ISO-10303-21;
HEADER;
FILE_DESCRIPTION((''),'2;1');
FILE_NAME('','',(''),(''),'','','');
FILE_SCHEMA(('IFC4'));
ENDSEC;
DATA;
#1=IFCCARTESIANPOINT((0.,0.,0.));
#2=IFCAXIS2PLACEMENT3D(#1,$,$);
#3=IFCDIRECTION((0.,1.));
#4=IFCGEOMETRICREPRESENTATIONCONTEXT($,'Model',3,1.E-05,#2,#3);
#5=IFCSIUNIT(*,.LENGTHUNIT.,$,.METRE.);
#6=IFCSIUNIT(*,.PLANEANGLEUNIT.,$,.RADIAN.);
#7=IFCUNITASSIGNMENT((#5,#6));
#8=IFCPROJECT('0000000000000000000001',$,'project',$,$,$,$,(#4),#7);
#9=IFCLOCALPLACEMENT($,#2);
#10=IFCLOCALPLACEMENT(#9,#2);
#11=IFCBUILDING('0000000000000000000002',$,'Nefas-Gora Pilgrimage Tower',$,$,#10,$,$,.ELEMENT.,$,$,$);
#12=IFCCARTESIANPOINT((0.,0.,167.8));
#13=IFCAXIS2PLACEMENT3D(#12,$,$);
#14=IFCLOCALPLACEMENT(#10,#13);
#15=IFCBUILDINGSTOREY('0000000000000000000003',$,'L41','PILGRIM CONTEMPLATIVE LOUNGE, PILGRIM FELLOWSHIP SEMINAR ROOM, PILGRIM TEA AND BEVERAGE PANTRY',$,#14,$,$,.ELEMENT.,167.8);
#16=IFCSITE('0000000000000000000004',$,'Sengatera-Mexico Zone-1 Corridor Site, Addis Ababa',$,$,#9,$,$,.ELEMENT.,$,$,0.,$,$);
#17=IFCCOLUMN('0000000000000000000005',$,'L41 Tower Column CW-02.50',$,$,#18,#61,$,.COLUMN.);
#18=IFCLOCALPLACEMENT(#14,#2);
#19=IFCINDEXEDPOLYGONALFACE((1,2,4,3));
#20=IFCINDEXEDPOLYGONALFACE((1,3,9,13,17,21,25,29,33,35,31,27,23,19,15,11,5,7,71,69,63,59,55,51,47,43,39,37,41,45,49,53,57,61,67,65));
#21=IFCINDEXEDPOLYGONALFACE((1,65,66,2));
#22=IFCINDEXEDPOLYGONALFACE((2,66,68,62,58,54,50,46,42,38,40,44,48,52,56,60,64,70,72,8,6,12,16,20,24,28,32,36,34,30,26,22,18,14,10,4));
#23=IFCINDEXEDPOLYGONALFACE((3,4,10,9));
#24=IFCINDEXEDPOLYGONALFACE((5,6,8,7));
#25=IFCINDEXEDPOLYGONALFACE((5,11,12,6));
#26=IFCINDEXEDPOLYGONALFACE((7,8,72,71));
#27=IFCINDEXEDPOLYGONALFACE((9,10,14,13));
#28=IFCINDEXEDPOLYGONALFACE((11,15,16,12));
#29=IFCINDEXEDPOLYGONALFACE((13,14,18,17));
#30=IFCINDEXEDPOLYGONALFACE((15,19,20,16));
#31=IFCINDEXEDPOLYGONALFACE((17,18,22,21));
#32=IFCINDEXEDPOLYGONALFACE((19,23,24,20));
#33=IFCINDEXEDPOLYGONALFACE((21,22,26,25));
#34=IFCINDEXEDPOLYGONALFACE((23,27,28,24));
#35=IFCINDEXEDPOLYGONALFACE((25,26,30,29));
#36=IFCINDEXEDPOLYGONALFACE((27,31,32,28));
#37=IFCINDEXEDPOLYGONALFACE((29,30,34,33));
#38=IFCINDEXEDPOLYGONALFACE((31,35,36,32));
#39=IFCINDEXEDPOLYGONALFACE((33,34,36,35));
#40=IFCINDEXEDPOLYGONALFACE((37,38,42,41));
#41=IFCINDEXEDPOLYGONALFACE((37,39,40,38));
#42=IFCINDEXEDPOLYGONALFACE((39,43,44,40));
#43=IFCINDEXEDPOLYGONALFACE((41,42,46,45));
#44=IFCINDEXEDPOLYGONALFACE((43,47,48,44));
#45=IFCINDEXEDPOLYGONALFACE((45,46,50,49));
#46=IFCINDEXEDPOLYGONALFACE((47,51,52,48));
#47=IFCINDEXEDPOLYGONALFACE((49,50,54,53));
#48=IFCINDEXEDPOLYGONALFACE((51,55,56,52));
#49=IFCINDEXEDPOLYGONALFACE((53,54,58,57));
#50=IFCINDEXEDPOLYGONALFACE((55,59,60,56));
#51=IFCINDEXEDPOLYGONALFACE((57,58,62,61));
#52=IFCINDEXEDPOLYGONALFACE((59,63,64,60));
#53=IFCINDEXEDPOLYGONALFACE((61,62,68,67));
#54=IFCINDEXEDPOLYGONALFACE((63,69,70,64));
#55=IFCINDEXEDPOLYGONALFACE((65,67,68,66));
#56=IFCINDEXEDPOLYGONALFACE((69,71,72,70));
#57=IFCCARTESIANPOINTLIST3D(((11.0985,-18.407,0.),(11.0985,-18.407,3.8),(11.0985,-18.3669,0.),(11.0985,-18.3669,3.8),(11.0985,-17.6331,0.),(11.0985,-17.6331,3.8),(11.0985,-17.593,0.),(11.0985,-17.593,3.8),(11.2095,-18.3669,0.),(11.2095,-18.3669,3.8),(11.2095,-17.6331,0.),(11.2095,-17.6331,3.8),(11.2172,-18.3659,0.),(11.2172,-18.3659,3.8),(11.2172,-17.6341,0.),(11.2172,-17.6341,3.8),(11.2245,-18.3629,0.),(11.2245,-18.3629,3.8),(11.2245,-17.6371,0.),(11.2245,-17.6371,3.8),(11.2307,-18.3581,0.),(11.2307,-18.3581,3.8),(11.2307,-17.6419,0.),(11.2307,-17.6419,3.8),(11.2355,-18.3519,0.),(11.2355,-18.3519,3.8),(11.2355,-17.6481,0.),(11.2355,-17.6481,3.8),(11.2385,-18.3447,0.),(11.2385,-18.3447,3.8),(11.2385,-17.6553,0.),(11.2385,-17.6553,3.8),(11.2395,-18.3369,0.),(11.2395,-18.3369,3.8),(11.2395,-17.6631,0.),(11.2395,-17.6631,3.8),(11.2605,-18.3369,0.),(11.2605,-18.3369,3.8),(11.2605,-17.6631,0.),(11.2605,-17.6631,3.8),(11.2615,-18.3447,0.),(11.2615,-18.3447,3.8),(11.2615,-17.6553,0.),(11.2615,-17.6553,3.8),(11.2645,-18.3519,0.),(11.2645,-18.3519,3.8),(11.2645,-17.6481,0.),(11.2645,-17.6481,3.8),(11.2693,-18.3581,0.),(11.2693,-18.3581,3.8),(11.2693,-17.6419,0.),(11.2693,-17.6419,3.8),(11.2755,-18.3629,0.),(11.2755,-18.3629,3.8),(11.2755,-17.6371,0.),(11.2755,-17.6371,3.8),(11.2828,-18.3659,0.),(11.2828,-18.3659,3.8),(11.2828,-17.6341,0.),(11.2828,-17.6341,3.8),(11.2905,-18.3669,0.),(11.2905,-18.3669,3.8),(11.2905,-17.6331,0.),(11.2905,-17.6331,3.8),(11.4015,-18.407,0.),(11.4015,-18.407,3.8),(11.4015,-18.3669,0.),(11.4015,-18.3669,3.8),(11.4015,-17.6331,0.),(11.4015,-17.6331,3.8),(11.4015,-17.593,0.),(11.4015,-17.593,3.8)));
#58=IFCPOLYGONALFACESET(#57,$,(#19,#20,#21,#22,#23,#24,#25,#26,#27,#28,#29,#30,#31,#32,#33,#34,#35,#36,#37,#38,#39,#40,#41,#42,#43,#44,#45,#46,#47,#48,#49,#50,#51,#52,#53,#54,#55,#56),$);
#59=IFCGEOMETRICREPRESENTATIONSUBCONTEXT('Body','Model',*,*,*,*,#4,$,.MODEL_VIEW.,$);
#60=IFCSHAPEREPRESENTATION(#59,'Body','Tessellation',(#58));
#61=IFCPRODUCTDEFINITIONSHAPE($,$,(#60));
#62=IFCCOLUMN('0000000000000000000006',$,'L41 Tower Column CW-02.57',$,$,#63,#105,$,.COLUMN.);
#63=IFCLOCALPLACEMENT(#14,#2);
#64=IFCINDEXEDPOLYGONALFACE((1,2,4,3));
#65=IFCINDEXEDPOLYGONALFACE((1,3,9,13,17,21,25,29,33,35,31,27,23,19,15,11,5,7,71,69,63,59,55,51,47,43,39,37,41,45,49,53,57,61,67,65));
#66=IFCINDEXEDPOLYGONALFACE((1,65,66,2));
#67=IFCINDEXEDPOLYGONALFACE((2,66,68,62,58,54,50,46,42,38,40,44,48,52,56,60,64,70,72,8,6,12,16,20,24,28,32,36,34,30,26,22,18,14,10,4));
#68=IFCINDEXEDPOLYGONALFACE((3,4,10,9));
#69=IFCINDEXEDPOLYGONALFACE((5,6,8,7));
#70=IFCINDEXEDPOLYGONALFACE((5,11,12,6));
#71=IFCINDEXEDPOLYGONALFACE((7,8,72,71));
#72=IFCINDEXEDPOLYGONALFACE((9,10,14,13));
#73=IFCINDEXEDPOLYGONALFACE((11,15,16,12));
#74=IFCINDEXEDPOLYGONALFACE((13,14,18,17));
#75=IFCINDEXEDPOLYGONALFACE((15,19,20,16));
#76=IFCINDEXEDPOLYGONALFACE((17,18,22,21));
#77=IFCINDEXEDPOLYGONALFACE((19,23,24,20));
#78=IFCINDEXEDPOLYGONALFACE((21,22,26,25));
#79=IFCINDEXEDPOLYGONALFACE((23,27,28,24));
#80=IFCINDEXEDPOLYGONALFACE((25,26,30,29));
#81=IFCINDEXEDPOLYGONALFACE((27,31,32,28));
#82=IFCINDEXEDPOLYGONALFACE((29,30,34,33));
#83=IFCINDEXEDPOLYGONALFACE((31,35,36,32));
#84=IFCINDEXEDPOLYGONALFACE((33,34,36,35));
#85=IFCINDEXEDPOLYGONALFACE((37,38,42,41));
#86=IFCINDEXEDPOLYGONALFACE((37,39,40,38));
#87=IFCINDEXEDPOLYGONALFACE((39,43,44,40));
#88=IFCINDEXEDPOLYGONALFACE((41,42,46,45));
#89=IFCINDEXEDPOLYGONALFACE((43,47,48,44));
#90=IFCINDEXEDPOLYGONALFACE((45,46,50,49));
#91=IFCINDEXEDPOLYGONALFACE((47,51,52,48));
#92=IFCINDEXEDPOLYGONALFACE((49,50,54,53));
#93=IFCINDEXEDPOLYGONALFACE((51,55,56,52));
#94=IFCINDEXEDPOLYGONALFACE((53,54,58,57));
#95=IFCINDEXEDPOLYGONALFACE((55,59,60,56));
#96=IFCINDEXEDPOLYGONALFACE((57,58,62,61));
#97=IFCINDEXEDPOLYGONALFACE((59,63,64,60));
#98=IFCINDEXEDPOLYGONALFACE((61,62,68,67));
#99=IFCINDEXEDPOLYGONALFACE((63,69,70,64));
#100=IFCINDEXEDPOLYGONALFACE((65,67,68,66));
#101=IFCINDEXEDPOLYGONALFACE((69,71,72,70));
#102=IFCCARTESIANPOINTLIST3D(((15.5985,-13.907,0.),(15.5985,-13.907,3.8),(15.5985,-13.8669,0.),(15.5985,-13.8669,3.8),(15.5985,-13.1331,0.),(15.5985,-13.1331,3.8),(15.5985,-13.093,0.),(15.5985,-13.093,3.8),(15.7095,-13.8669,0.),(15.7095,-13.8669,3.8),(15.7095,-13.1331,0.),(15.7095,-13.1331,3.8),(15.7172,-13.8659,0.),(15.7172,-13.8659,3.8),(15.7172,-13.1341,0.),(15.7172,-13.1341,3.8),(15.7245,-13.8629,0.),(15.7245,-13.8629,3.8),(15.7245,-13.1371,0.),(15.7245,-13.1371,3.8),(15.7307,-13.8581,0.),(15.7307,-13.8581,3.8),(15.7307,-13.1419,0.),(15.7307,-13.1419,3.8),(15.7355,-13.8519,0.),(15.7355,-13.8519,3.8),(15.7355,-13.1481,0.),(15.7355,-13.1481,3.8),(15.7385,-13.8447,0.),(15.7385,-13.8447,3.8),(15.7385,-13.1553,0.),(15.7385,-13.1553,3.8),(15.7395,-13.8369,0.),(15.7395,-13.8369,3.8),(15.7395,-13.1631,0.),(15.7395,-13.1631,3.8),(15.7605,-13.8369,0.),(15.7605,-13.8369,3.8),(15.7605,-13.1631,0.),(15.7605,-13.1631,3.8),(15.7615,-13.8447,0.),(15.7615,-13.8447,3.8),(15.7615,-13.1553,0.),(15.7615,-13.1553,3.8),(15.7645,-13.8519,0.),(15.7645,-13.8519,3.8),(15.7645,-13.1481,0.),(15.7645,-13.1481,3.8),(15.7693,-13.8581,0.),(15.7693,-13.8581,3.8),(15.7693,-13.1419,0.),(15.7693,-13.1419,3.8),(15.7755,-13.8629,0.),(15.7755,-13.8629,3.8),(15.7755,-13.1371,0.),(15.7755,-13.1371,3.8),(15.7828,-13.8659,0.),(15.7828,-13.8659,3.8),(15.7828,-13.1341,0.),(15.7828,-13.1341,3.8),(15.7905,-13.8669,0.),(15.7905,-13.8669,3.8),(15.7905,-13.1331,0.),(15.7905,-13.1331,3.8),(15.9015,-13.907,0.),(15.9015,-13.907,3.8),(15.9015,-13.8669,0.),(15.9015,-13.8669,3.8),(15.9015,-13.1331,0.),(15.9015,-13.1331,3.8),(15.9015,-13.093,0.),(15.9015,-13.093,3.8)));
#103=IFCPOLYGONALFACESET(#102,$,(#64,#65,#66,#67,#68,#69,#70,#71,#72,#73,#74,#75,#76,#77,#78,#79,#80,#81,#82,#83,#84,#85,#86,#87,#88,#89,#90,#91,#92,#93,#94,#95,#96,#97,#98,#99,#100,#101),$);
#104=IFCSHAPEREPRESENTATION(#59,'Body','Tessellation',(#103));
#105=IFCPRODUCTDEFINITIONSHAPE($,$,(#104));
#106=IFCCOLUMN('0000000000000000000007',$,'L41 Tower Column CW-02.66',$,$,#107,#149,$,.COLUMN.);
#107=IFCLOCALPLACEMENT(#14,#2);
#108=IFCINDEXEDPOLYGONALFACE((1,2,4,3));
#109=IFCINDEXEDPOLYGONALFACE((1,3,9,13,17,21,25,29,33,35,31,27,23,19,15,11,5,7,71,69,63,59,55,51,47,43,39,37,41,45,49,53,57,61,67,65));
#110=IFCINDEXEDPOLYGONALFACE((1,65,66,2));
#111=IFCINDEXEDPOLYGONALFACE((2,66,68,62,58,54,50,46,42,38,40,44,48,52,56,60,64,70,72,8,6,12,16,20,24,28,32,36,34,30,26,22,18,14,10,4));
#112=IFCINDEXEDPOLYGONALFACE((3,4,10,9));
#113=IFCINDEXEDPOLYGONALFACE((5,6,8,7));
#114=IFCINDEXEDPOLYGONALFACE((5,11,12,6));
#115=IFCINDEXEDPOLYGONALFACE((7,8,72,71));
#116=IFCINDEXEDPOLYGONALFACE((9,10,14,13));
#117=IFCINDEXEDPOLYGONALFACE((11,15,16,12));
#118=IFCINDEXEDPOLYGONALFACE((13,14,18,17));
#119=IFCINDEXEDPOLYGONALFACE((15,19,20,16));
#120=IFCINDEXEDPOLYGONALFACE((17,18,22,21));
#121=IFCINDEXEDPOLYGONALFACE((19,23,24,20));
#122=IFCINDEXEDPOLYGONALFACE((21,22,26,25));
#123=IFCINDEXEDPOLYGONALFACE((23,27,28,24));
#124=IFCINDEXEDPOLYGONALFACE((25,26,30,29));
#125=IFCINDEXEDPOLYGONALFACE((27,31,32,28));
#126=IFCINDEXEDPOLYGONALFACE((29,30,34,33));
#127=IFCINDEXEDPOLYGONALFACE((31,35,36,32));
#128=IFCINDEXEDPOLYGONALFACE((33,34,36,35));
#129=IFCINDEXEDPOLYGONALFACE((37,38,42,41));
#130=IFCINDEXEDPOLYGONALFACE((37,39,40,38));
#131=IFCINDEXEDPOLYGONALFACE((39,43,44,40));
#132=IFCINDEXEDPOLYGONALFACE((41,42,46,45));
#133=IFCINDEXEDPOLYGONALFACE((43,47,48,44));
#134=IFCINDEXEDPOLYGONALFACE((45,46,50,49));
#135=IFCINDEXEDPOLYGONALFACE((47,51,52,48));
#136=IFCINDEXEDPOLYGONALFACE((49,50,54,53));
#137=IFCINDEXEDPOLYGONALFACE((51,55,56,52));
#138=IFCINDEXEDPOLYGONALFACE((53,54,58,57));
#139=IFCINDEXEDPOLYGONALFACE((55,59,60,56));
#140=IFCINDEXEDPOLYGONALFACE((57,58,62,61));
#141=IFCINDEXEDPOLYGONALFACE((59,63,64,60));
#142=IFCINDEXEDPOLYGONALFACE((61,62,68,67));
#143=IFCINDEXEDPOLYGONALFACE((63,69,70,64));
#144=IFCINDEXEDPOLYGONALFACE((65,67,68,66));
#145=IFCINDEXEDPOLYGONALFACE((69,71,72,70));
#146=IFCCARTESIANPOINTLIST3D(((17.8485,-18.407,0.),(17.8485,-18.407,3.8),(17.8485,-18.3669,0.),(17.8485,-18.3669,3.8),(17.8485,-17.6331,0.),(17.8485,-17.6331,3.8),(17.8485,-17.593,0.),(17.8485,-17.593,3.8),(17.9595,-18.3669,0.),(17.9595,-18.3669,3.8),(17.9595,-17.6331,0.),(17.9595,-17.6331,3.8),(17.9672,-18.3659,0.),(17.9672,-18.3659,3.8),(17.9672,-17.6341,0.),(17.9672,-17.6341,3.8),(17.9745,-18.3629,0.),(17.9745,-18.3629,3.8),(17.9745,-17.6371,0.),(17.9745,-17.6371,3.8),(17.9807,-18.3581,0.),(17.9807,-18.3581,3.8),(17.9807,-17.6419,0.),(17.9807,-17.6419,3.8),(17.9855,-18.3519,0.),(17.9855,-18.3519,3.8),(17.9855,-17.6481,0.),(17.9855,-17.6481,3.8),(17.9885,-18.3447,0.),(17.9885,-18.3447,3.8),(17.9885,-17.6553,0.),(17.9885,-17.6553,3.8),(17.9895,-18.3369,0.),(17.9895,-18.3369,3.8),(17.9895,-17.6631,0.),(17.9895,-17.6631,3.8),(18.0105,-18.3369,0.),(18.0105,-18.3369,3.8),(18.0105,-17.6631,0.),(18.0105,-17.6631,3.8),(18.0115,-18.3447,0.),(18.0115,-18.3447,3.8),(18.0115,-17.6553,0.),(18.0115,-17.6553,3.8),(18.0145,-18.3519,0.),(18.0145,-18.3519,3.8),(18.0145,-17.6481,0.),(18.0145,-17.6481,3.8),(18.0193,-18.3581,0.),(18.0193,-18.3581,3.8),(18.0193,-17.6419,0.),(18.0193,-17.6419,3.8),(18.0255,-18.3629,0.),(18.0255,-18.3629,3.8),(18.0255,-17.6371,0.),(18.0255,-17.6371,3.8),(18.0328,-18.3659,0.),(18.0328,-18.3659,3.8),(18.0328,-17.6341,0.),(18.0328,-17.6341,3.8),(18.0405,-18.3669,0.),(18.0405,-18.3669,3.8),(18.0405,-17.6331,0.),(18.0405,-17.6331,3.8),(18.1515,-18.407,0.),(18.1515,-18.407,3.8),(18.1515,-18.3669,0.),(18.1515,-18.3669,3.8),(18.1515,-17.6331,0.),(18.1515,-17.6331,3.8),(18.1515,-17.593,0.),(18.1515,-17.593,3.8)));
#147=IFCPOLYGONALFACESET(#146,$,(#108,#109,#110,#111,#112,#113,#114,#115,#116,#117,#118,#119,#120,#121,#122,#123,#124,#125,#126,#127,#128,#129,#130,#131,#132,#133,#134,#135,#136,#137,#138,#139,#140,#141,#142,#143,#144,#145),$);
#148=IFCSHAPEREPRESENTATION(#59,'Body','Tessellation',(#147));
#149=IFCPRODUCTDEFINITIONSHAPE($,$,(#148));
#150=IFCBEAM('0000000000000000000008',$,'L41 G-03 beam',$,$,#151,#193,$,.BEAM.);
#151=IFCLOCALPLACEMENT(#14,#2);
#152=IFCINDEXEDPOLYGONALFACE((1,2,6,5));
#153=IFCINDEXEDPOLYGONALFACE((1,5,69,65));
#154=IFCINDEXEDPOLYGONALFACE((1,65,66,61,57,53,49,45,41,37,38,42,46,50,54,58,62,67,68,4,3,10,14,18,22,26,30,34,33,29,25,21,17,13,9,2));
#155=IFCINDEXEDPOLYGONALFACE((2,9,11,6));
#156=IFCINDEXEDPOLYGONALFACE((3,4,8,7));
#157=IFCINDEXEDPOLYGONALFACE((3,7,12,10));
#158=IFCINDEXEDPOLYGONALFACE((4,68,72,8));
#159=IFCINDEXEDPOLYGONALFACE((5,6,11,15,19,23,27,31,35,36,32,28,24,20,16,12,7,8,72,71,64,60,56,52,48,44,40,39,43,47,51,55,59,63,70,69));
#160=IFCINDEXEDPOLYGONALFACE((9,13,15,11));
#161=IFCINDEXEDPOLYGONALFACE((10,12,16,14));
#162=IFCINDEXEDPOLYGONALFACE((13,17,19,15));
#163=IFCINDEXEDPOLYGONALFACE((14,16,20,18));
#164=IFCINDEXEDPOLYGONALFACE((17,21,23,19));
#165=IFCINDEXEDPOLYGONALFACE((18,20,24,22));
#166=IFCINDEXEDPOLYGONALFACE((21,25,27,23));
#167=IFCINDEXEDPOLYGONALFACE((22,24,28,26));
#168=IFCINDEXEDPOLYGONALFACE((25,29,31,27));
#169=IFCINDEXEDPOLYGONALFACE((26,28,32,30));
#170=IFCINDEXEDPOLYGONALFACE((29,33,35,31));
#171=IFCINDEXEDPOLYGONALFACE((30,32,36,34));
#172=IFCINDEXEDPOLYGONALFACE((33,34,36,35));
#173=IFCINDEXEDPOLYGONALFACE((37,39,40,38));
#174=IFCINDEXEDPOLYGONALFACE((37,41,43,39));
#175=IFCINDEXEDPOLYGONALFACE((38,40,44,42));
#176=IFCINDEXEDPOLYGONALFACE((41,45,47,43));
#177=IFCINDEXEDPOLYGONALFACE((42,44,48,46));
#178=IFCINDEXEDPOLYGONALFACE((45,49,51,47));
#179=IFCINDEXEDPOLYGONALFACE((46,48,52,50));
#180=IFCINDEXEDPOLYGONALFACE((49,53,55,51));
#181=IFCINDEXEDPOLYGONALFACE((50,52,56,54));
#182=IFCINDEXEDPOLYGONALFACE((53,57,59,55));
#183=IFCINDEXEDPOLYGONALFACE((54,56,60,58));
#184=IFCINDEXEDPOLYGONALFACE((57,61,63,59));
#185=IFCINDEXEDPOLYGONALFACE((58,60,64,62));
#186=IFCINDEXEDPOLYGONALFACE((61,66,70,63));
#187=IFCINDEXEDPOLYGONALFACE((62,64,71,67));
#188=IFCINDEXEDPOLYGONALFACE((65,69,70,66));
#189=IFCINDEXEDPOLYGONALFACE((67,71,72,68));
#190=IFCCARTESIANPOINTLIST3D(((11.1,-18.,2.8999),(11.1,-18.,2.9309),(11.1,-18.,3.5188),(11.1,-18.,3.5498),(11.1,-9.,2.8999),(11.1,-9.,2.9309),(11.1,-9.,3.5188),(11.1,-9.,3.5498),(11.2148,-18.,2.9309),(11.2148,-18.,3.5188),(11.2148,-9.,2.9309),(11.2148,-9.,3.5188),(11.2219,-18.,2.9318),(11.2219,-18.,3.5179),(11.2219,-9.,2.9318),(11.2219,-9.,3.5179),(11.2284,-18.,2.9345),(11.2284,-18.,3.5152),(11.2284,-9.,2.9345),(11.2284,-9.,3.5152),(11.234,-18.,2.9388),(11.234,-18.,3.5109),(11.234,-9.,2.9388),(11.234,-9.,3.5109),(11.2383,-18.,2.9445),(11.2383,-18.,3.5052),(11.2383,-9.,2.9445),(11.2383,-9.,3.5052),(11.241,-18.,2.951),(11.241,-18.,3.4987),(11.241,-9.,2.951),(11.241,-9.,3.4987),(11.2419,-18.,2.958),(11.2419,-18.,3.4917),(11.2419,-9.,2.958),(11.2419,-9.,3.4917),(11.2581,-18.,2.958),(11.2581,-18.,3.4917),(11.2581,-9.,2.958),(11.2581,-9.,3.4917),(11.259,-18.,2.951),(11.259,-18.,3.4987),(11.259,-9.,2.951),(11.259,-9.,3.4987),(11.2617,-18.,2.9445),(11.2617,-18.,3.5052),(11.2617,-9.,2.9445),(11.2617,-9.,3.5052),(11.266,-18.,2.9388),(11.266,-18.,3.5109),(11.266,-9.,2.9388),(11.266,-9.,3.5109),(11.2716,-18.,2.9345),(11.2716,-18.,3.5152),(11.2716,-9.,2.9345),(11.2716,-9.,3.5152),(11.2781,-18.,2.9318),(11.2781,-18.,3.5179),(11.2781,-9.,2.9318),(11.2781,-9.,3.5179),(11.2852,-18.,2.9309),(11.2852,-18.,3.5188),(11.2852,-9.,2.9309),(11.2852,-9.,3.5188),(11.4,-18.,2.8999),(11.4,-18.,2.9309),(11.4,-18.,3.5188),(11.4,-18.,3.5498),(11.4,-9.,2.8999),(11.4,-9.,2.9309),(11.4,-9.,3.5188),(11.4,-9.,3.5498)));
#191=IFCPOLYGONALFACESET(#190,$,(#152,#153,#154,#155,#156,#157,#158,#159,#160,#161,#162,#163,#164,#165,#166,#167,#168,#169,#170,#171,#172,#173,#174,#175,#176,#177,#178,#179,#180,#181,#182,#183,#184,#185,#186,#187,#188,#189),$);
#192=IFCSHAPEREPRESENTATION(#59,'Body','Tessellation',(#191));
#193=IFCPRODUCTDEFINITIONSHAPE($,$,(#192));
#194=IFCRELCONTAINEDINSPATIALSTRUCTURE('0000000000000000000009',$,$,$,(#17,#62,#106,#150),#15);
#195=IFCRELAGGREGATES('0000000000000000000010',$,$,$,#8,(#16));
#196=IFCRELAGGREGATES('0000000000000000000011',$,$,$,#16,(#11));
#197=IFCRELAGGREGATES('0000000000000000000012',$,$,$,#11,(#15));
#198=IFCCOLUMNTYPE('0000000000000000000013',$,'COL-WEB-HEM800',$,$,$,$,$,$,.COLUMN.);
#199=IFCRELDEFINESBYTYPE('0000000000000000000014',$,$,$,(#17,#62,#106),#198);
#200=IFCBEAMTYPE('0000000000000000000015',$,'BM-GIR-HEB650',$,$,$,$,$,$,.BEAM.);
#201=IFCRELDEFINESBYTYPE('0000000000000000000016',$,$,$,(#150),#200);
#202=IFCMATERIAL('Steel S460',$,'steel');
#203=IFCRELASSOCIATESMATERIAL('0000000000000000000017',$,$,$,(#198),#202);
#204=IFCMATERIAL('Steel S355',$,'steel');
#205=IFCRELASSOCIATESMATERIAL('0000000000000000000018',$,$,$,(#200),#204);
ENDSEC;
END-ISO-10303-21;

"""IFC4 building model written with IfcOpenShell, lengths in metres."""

from ifc_helpers import new_model, si_unit, direction, frame, origin, origin_2d, place, context, subcontext, project, spatial, i_section, extrude, source, transform, mapped, material, material_profile, profile_set, type_object, element, save


model = new_model("IFC4")

# Units and contexts
model_context = context("Model", 3, precision=1e-05, world=origin(), true_north=direction((0.0, 1.0)))
body_context = subcontext(model_context, "Body", "Model", "MODEL_VIEW")
ifc_project = project(units=[si_unit("LENGTHUNIT", "METRE"), si_unit("PLANEANGLEUNIT", "RADIAN")], contexts=[model_context])

# Site, building, storey
site_placement = place(None, origin())
site = spatial("IfcSite", under=ifc_project, at=site_placement, Name="Sengatera-Mexico Zone-1 Corridor Site, Addis Ababa", CompositionType="ELEMENT", RefElevation=0.0)
building_placement = place(site_placement, origin())
building = spatial("IfcBuilding", under=site, at=building_placement, Name="Nefas-Gora Pilgrimage Tower", CompositionType="ELEMENT")
storey_placement = place(building_placement, frame((0.0, 0.0, 167.8)))
storey = spatial("IfcBuildingStorey", under=building, at=storey_placement, Name="L41", Description="PILGRIM CONTEMPLATIVE LOUNGE, PILGRIM FELLOWSHIP SEMINAR ROOM, PILGRIM TEA AND BEVERAGE PANTRY", CompositionType="ELEMENT", Elevation=167.8)

# Columns
ifc_material_1 = material(Name="Steel S460", Category="steel")
ifc_material_profile_1 = material_profile(ifc_material_1, i_section(OverallWidth=0.303, OverallDepth=0.814, WebThickness=0.021, FlangeThickness=0.04, FilletRadius=0.03, at=origin_2d()), Name="HEM 800")
ifc_profile_set_1 = profile_set([ifc_material_profile_1], Name="Steel S460")
column_type_1 = type_object("IfcColumnType", Name="COL-WEB-HEM800", PredefinedType="COLUMN", material=ifc_profile_set_1)
shared_shape_1 = source(origin(), body_context, "Body", "SweptSolid", [
    extrude(i_section(OverallWidth=0.303, OverallDepth=0.814, WebThickness=0.021, FlangeThickness=0.04, FilletRadius=0.03, at=origin_2d()), origin(), (0.0, 0.0, 1.0), 3.8),
])
for number, where, z_axis, x_axis, name in (
    (1, (11.25, -18.0, 0.0), (0.0, 0.0, 1.0), (1.0, 0.0, 0.0), "L41 Tower Column CW-02.50"),
    (2, (15.75, -13.5, 0.0), (0.0, 0.0, 1.0), (1.0, 0.0, 0.0), "L41 Tower Column CW-02.57"),
    (3, (18.0, -18.0, 0.0), (0.0, 0.0, 1.0), (1.0, 0.0, 0.0), "L41 Tower Column CW-02.66"),
):
    element("IfcColumn", number, at=place(storey_placement, frame(where, z_axis=z_axis, x_axis=x_axis)), inside=storey, type_object=column_type_1, Name=name, PredefinedType="COLUMN", context=body_context, shape_type="MappedRepresentation", body=[
        mapped(shared_shape_1, transform((0.0, 0.0, 0.0), x_axis=(1.0, 0.0, 0.0), y_axis=(0.0, 1.0, 0.0), z_axis=(0.0, 0.0, 1.0), scale=1.0)),
    ])

# Beam
ifc_material_2 = material(Name="Steel S355", Category="steel")
ifc_material_profile_2 = material_profile(ifc_material_2, i_section(OverallWidth=0.3, OverallDepth=0.6499, WebThickness=0.0161, FlangeThickness=0.031, FilletRadius=0.0271, at=origin_2d()), Name="HEB 650")
ifc_profile_set_2 = profile_set([ifc_material_profile_2], Name="Steel S355")
beam_type_1 = type_object("IfcBeamType", Name="BM-GIR-HEB650", PredefinedType="BEAM", material=ifc_profile_set_2)
shared_shape_2 = source(origin(), body_context, "Body", "SweptSolid", [
    extrude(i_section(OverallWidth=0.3, OverallDepth=0.6499, WebThickness=0.0161, FlangeThickness=0.031, FilletRadius=0.0271, at=origin_2d()), origin(), (0.0, 0.0, 1.0), 9.0),
])
for number, where, z_axis, x_axis, name in (
    (4, (11.25, -18.0, 3.2249), (0.0, 1.0, 0.0), (-1.0, 0.0, 0.0), "L41 G-03 beam"),
):
    element("IfcBeam", number, at=place(storey_placement, frame(where, z_axis=z_axis, x_axis=x_axis)), inside=storey, type_object=beam_type_1, Name=name, PredefinedType="BEAM", context=body_context, shape_type="MappedRepresentation", body=[
        mapped(shared_shape_2, transform((0.0, 0.0, 0.0), x_axis=(1.0, 0.0, 0.0), y_axis=(0.0, 1.0, 0.0), z_axis=(0.0, 0.0, 1.0), scale=1.0)),
    ])

save(model, "model.ifc")
